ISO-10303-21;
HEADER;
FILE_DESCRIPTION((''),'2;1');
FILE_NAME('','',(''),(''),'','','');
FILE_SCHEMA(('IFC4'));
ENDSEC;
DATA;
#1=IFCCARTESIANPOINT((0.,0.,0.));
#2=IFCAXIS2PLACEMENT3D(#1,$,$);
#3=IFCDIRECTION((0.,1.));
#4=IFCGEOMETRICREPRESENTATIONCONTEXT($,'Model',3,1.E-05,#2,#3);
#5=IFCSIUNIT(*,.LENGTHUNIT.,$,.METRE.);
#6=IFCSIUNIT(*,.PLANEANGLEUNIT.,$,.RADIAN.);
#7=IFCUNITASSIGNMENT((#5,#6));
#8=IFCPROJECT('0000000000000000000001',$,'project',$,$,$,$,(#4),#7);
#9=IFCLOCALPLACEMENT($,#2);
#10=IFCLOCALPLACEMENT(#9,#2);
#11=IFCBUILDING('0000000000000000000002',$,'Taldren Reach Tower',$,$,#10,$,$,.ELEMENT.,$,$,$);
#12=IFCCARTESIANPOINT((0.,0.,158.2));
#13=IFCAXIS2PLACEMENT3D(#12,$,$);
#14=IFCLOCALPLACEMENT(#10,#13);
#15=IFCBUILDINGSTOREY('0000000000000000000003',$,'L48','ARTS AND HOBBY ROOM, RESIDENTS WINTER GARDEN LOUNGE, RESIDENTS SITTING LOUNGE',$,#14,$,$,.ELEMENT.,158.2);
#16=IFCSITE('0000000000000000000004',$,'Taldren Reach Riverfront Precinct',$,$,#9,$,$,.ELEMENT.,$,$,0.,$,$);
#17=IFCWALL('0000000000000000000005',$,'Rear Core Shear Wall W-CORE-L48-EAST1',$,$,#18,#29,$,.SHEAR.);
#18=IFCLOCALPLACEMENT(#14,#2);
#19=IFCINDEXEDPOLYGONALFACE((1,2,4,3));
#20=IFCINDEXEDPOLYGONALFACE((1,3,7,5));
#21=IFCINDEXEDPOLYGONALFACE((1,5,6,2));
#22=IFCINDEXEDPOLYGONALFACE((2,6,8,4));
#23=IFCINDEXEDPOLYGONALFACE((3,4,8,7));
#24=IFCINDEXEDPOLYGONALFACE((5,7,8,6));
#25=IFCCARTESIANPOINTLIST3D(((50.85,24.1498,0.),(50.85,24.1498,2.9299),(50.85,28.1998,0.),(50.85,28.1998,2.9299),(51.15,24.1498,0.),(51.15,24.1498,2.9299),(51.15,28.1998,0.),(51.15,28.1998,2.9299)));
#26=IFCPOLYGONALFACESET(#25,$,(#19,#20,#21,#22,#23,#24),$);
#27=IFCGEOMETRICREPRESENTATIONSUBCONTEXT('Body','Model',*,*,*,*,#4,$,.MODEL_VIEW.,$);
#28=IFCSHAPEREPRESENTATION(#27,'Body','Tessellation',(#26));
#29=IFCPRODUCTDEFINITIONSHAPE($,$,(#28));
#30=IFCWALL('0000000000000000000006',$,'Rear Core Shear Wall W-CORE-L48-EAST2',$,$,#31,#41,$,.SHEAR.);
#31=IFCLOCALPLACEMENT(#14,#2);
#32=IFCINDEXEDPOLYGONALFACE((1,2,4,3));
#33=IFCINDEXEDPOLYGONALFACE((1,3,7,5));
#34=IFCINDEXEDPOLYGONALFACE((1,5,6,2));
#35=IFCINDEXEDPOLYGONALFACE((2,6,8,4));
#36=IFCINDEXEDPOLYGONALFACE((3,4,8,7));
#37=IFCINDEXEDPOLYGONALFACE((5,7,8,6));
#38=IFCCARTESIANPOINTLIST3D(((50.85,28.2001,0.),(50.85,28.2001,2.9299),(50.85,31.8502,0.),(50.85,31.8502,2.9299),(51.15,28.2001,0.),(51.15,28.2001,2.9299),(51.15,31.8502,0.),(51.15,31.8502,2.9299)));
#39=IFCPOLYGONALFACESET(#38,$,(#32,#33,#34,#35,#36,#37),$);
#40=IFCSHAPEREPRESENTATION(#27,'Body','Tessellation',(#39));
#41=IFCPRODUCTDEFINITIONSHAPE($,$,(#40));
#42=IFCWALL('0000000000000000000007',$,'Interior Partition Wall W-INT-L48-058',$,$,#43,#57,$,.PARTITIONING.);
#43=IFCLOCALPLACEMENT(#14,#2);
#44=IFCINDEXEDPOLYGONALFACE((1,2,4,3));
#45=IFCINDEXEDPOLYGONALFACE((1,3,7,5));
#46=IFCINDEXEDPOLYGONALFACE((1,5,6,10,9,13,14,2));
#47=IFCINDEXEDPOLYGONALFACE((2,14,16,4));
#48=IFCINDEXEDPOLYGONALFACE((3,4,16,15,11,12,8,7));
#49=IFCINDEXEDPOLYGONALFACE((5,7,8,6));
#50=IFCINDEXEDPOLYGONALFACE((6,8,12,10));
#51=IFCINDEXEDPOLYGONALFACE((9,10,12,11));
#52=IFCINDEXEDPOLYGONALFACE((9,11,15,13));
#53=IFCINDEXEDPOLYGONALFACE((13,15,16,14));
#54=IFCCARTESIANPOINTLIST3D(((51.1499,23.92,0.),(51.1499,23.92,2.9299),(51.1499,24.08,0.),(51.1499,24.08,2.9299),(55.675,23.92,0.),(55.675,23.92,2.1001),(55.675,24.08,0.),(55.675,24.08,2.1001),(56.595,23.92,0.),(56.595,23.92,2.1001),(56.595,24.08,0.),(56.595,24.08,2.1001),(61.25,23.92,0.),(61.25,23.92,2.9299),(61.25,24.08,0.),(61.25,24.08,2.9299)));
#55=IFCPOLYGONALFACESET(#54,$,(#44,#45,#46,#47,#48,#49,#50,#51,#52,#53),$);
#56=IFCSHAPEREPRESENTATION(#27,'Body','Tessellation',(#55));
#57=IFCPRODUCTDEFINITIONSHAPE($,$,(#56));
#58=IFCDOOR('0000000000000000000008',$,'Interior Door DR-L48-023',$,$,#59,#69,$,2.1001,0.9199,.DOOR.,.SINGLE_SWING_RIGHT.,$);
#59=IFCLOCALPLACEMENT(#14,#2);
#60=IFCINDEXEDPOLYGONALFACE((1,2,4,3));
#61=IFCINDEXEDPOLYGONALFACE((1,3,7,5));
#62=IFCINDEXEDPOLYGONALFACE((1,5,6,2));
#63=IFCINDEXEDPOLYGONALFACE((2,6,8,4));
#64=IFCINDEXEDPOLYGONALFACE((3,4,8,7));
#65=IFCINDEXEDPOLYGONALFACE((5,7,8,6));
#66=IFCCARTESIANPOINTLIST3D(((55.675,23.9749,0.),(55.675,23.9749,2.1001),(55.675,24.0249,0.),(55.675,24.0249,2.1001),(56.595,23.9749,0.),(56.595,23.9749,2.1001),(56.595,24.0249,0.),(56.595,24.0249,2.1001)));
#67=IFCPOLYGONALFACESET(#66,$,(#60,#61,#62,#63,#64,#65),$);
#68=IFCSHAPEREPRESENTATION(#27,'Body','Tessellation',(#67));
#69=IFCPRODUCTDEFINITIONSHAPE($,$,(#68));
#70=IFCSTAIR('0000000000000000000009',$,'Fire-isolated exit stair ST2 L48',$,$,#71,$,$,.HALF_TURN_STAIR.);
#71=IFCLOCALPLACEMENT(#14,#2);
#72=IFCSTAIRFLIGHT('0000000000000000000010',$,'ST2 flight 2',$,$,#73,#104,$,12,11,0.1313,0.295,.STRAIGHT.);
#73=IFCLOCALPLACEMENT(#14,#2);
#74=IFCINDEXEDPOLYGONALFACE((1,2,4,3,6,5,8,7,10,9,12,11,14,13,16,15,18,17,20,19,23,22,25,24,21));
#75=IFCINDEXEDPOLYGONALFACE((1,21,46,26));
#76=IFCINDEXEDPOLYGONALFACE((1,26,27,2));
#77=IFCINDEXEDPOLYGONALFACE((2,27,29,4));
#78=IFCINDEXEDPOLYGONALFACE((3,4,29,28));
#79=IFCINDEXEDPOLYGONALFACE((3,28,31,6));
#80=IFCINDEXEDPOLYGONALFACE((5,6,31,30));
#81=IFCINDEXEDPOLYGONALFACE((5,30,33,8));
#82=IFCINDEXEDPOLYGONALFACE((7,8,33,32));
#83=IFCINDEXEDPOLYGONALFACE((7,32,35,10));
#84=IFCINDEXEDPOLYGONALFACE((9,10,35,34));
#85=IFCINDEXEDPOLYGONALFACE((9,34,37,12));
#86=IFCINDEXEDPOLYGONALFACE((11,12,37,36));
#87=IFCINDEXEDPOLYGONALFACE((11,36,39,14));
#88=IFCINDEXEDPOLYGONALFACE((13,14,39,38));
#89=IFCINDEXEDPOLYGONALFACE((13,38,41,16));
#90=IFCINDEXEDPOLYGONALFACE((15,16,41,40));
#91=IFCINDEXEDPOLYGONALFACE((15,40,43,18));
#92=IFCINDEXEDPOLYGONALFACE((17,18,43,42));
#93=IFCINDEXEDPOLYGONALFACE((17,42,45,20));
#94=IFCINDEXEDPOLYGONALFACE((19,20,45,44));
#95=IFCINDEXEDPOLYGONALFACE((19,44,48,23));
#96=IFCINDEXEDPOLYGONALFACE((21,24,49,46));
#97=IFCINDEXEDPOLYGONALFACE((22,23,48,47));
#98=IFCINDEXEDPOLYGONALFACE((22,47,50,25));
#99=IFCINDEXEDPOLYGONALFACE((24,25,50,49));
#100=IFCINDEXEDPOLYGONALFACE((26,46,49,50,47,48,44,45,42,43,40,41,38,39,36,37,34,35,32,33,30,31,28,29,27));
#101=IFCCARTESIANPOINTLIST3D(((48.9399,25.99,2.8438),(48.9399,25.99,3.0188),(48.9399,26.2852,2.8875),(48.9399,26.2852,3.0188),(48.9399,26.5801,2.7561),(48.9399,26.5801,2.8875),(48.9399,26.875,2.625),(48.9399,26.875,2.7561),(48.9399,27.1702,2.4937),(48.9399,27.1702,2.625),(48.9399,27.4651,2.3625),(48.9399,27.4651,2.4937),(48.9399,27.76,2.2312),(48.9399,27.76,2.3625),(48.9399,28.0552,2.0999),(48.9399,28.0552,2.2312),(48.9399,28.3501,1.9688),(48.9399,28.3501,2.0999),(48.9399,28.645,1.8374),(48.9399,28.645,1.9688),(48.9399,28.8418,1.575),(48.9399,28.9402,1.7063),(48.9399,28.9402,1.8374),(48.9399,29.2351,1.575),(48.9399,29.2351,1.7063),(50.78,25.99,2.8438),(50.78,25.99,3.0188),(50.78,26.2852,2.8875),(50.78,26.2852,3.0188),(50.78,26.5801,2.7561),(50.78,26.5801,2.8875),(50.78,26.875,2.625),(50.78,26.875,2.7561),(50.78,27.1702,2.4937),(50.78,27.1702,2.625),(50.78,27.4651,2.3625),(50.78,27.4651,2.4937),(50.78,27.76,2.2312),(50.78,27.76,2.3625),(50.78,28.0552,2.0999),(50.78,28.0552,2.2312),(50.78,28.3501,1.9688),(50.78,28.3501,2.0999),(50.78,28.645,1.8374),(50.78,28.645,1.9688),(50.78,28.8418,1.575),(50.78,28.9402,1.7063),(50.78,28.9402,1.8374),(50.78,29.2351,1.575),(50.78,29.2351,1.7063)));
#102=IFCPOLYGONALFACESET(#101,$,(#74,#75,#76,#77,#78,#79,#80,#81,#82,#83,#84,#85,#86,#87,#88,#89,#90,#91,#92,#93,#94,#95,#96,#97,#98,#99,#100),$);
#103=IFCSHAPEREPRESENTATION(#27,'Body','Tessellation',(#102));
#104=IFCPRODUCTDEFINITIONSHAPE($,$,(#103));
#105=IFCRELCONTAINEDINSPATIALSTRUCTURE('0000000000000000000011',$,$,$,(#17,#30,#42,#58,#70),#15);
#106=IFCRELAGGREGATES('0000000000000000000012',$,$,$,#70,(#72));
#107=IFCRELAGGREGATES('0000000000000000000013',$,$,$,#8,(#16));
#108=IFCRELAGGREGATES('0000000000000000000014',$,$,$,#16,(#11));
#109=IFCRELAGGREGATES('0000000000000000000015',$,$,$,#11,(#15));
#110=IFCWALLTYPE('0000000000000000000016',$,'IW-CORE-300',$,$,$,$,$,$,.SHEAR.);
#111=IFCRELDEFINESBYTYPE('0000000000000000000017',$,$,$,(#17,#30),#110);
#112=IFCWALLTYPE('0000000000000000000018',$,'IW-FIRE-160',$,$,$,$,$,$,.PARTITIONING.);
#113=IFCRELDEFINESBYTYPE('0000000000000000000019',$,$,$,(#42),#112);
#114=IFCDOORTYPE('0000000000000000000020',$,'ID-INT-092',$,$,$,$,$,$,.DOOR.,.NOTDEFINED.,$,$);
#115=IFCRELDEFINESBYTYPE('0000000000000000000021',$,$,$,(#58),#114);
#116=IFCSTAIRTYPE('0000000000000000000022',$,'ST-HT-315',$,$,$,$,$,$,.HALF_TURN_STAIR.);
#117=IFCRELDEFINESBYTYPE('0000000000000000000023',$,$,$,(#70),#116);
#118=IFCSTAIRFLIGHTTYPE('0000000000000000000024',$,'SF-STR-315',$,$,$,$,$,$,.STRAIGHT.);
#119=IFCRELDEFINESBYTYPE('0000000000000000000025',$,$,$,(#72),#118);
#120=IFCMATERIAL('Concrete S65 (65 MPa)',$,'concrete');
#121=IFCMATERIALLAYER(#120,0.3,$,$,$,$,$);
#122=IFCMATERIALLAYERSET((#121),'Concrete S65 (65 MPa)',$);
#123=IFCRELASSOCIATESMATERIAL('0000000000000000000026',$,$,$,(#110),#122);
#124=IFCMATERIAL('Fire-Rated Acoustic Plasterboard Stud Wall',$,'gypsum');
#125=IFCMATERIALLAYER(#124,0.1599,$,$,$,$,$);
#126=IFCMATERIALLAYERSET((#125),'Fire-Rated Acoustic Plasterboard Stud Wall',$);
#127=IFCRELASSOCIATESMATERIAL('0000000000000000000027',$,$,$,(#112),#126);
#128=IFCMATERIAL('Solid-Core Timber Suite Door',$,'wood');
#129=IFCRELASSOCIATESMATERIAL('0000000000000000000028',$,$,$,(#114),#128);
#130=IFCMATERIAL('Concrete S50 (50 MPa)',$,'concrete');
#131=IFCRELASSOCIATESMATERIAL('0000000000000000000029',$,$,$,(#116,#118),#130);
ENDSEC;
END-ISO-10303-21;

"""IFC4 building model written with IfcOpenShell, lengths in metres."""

from ifc_helpers import new_model, si_unit, direction, frame, frame_2d, origin, place, context, subcontext, project, spatial, polyline, rectangle, outline, extrude, source, transform, mapped, material, layer, layer_set, type_object, element, fill, aggregate, save


model = new_model("IFC4")

# Units and contexts
model_context = context("Model", 3, precision=1e-05, world=origin(), true_north=direction((0.0, 1.0)))
body_context = subcontext(model_context, "Body", "Model", "MODEL_VIEW")
ifc_project = project(units=[si_unit("LENGTHUNIT", "METRE"), si_unit("PLANEANGLEUNIT", "RADIAN")], contexts=[model_context])

# Site, building, storey
site_placement = place(None, origin())
site = spatial("IfcSite", under=ifc_project, at=site_placement, Name="Taldren Reach Riverfront Precinct", CompositionType="ELEMENT", RefElevation=0.0)
building_placement = place(site_placement, origin())
building = spatial("IfcBuilding", under=site, at=building_placement, Name="Taldren Reach Tower", CompositionType="ELEMENT")
storey_placement = place(building_placement, frame((0.0, 0.0, 158.2)))
storey = spatial("IfcBuildingStorey", under=building, at=storey_placement, Name="L48", Description="ARTS AND HOBBY ROOM, RESIDENTS WINTER GARDEN LOUNGE, RESIDENTS SITTING LOUNGE", CompositionType="ELEMENT", Elevation=158.2)

# Walls
ifc_material_1 = material(Name="Concrete S65 (65 MPa)", Category="concrete")
ifc_layer_1 = layer(ifc_material_1, 0.3)
ifc_layer_set_1 = layer_set([ifc_layer_1], Name="Concrete S65 (65 MPa)")
wall_type_1 = type_object("IfcWallType", Name="IW-CORE-300", PredefinedType="SHEAR", material=ifc_layer_set_1)
shared_shape_1 = source(origin(), body_context, "Body", "SweptSolid", [
    extrude(rectangle(XDim=4.05, YDim=0.3, at=frame_2d((2.0249, 0.0))), origin(), (0.0, 0.0, 1.0), 2.9299),
])
wall_1_placement = place(storey_placement, frame((51.0, 24.1499, 0.0), z_axis=(0.0, 0.0, 1.0), x_axis=(0.0, 1.0, 0.0)))
element("IfcWall", 1, at=wall_1_placement, inside=storey, type_object=wall_type_1, Name="Rear Core Shear Wall W-CORE-L48-EAST1", PredefinedType="SHEAR", context=body_context, shape_type="MappedRepresentation", body=[
    mapped(shared_shape_1, transform((0.0, 0.0, 0.0), scale=1.0)),
])
shared_shape_2 = source(origin(), body_context, "Body", "SweptSolid", [
    extrude(rectangle(XDim=3.6501, YDim=0.3, at=frame_2d((1.8252, 0.0))), origin(), (0.0, 0.0, 1.0), 2.9299),
])
wall_2_placement = place(storey_placement, frame((51.0, 28.2, 0.0), z_axis=(0.0, 0.0, 1.0), x_axis=(0.0, 1.0, 0.0)))
element("IfcWall", 2, at=wall_2_placement, inside=storey, type_object=wall_type_1, Name="Rear Core Shear Wall W-CORE-L48-EAST2", PredefinedType="SHEAR", context=body_context, shape_type="MappedRepresentation", body=[
    mapped(shared_shape_2, transform((0.0, 0.0, 0.0), scale=1.0)),
])

# Wall, opening, door
ifc_material_2 = material(Name="Fire-Rated Acoustic Plasterboard Stud Wall", Category="gypsum")
ifc_layer_2 = layer(ifc_material_2, 0.1599)
ifc_layer_set_2 = layer_set([ifc_layer_2], Name="Fire-Rated Acoustic Plasterboard Stud Wall")
wall_type_2 = type_object("IfcWallType", Name="IW-FIRE-160", PredefinedType="PARTITIONING", material=ifc_layer_set_2)
shared_shape_3 = source(origin(), body_context, "Body", "SweptSolid", [
    extrude(rectangle(XDim=10.1001, YDim=0.1599, at=frame_2d((5.05, 0.0))), origin(), (0.0, 0.0, 1.0), 2.9299),
])
wall_3_placement = place(storey_placement, frame((51.1499, 24.0, 0.0), z_axis=(0.0, 0.0, 1.0), x_axis=(1.0, 0.0, 0.0)))
wall_3 = element("IfcWall", 3, at=wall_3_placement, inside=storey, type_object=wall_type_2, Name="Interior Partition Wall W-INT-L48-058", PredefinedType="PARTITIONING", context=body_context, shape_type="MappedRepresentation", body=[
    mapped(shared_shape_3, transform((0.0, 0.0, 0.0), scale=1.0)),
])
shared_shape_4 = source(origin(), body_context, "Body", "SweptSolid", [
    extrude(rectangle(XDim=0.9199, YDim=2.1001, at=frame_2d((0.46, 1.05))), frame((0.0, 0.0898, 0.0), z_axis=(0.0, -1.0, 0.0), x_axis=(1.0, 0.0, 0.0)), (0.0, 0.0, 1.0), 0.1799),
])
opening_placement = place(wall_3_placement, frame((4.5251, 0.0, 0.0)))
opening = element("IfcOpeningElement", 4, at=opening_placement, cuts=wall_3, PredefinedType="OPENING", context=body_context, shape_type="MappedRepresentation", body=[
    mapped(shared_shape_4, transform((0.0, 0.0, 0.0), scale=1.0)),
])
ifc_material_3 = material(Name="Solid-Core Timber Suite Door", Category="wood")
door_type = type_object("IfcDoorType", Name="ID-INT-092", OperationType="NOTDEFINED", PredefinedType="DOOR", material=ifc_material_3)
shared_shape_5 = source(origin(), body_context, "Body", "SweptSolid", [
    extrude(rectangle(XDim=0.9199, YDim=2.1001, at=frame_2d((0.46, 1.05))), frame((0.0, 0.0249, 0.0), z_axis=(0.0, -1.0, 0.0), x_axis=(1.0, 0.0, 0.0)), (0.0, 0.0, 1.0), 0.05),
])
door_placement = place(opening_placement, origin())
door = element("IfcDoor", 5, at=door_placement, inside=storey, type_object=door_type, Name="Interior Door DR-L48-023", OperationType="SINGLE_SWING_RIGHT", OverallHeight=2.1001, OverallWidth=0.9199, PredefinedType="DOOR", context=body_context, shape_type="MappedRepresentation", body=[
    mapped(shared_shape_5, transform((0.0, 0.0, 0.0), scale=1.0)),
])
fill(opening, door)

# Stair, stair flight
ifc_material_4 = material(Name="Concrete S50 (50 MPa)", Category="concrete")
stair_type = type_object("IfcStairType", Name="ST-HT-315", PredefinedType="HALF_TURN_STAIR", material=ifc_material_4)
stair_placement = place(storey_placement, origin())
stair = element("IfcStair", 6, at=stair_placement, inside=storey, type_object=stair_type, Name="Fire-isolated exit stair ST2 L48", PredefinedType="HALF_TURN_STAIR")
stair_flight_type = type_object("IfcStairFlightType", Name="SF-STR-315", PredefinedType="STRAIGHT", material=ifc_material_4)
stair_flight_placement = place(storey_placement, frame((49.8601, 29.2351, 1.575), z_axis=(0.0, 0.0, 1.0), x_axis=(0.0, -1.0, 0.0)))
stair_flight = element("IfcStairFlight", 7, at=stair_flight_placement, type_object=stair_flight_type, Name="ST2 flight 2", NumberOfRisers=12, NumberOfTreads=11, PredefinedType="STRAIGHT", RiserHeight=0.1313, TreadLength=0.295, context=body_context, shape_type="SweptSolid", body=[
    extrude(outline(polyline([(0.0, 0.0), (0.0, 0.1313), (0.2949, 0.1313), (0.2949, 0.2625), (0.5901, 0.2625), (0.5901, 0.3938), (0.885, 0.3938), (0.885, 0.5249), (1.1799, 0.5249), (1.1799, 0.6562), (1.4751, 0.6562), (1.4751, 0.7876), (1.77, 0.7876), (1.77, 0.9187), (2.0649, 0.9187), (2.0649, 1.05), (2.3601, 1.05), (2.3601, 1.1812), (2.655, 1.1812), (2.655, 1.3125), (2.95, 1.3125), (2.95, 1.4438), (3.2451, 1.4438), (3.2451, 1.575), (3.2451, 1.2688), (0.3933, 0.0), (0.0, 0.0)])), frame((0.0, 0.9199, 0.0), z_axis=(0.0, -1.0, 0.0), x_axis=(1.0, 0.0, 0.0)), (0.0, 0.0, 1.0), 1.8401),
])
aggregate(stair, [stair_flight])

save(model, "model.ifc")
